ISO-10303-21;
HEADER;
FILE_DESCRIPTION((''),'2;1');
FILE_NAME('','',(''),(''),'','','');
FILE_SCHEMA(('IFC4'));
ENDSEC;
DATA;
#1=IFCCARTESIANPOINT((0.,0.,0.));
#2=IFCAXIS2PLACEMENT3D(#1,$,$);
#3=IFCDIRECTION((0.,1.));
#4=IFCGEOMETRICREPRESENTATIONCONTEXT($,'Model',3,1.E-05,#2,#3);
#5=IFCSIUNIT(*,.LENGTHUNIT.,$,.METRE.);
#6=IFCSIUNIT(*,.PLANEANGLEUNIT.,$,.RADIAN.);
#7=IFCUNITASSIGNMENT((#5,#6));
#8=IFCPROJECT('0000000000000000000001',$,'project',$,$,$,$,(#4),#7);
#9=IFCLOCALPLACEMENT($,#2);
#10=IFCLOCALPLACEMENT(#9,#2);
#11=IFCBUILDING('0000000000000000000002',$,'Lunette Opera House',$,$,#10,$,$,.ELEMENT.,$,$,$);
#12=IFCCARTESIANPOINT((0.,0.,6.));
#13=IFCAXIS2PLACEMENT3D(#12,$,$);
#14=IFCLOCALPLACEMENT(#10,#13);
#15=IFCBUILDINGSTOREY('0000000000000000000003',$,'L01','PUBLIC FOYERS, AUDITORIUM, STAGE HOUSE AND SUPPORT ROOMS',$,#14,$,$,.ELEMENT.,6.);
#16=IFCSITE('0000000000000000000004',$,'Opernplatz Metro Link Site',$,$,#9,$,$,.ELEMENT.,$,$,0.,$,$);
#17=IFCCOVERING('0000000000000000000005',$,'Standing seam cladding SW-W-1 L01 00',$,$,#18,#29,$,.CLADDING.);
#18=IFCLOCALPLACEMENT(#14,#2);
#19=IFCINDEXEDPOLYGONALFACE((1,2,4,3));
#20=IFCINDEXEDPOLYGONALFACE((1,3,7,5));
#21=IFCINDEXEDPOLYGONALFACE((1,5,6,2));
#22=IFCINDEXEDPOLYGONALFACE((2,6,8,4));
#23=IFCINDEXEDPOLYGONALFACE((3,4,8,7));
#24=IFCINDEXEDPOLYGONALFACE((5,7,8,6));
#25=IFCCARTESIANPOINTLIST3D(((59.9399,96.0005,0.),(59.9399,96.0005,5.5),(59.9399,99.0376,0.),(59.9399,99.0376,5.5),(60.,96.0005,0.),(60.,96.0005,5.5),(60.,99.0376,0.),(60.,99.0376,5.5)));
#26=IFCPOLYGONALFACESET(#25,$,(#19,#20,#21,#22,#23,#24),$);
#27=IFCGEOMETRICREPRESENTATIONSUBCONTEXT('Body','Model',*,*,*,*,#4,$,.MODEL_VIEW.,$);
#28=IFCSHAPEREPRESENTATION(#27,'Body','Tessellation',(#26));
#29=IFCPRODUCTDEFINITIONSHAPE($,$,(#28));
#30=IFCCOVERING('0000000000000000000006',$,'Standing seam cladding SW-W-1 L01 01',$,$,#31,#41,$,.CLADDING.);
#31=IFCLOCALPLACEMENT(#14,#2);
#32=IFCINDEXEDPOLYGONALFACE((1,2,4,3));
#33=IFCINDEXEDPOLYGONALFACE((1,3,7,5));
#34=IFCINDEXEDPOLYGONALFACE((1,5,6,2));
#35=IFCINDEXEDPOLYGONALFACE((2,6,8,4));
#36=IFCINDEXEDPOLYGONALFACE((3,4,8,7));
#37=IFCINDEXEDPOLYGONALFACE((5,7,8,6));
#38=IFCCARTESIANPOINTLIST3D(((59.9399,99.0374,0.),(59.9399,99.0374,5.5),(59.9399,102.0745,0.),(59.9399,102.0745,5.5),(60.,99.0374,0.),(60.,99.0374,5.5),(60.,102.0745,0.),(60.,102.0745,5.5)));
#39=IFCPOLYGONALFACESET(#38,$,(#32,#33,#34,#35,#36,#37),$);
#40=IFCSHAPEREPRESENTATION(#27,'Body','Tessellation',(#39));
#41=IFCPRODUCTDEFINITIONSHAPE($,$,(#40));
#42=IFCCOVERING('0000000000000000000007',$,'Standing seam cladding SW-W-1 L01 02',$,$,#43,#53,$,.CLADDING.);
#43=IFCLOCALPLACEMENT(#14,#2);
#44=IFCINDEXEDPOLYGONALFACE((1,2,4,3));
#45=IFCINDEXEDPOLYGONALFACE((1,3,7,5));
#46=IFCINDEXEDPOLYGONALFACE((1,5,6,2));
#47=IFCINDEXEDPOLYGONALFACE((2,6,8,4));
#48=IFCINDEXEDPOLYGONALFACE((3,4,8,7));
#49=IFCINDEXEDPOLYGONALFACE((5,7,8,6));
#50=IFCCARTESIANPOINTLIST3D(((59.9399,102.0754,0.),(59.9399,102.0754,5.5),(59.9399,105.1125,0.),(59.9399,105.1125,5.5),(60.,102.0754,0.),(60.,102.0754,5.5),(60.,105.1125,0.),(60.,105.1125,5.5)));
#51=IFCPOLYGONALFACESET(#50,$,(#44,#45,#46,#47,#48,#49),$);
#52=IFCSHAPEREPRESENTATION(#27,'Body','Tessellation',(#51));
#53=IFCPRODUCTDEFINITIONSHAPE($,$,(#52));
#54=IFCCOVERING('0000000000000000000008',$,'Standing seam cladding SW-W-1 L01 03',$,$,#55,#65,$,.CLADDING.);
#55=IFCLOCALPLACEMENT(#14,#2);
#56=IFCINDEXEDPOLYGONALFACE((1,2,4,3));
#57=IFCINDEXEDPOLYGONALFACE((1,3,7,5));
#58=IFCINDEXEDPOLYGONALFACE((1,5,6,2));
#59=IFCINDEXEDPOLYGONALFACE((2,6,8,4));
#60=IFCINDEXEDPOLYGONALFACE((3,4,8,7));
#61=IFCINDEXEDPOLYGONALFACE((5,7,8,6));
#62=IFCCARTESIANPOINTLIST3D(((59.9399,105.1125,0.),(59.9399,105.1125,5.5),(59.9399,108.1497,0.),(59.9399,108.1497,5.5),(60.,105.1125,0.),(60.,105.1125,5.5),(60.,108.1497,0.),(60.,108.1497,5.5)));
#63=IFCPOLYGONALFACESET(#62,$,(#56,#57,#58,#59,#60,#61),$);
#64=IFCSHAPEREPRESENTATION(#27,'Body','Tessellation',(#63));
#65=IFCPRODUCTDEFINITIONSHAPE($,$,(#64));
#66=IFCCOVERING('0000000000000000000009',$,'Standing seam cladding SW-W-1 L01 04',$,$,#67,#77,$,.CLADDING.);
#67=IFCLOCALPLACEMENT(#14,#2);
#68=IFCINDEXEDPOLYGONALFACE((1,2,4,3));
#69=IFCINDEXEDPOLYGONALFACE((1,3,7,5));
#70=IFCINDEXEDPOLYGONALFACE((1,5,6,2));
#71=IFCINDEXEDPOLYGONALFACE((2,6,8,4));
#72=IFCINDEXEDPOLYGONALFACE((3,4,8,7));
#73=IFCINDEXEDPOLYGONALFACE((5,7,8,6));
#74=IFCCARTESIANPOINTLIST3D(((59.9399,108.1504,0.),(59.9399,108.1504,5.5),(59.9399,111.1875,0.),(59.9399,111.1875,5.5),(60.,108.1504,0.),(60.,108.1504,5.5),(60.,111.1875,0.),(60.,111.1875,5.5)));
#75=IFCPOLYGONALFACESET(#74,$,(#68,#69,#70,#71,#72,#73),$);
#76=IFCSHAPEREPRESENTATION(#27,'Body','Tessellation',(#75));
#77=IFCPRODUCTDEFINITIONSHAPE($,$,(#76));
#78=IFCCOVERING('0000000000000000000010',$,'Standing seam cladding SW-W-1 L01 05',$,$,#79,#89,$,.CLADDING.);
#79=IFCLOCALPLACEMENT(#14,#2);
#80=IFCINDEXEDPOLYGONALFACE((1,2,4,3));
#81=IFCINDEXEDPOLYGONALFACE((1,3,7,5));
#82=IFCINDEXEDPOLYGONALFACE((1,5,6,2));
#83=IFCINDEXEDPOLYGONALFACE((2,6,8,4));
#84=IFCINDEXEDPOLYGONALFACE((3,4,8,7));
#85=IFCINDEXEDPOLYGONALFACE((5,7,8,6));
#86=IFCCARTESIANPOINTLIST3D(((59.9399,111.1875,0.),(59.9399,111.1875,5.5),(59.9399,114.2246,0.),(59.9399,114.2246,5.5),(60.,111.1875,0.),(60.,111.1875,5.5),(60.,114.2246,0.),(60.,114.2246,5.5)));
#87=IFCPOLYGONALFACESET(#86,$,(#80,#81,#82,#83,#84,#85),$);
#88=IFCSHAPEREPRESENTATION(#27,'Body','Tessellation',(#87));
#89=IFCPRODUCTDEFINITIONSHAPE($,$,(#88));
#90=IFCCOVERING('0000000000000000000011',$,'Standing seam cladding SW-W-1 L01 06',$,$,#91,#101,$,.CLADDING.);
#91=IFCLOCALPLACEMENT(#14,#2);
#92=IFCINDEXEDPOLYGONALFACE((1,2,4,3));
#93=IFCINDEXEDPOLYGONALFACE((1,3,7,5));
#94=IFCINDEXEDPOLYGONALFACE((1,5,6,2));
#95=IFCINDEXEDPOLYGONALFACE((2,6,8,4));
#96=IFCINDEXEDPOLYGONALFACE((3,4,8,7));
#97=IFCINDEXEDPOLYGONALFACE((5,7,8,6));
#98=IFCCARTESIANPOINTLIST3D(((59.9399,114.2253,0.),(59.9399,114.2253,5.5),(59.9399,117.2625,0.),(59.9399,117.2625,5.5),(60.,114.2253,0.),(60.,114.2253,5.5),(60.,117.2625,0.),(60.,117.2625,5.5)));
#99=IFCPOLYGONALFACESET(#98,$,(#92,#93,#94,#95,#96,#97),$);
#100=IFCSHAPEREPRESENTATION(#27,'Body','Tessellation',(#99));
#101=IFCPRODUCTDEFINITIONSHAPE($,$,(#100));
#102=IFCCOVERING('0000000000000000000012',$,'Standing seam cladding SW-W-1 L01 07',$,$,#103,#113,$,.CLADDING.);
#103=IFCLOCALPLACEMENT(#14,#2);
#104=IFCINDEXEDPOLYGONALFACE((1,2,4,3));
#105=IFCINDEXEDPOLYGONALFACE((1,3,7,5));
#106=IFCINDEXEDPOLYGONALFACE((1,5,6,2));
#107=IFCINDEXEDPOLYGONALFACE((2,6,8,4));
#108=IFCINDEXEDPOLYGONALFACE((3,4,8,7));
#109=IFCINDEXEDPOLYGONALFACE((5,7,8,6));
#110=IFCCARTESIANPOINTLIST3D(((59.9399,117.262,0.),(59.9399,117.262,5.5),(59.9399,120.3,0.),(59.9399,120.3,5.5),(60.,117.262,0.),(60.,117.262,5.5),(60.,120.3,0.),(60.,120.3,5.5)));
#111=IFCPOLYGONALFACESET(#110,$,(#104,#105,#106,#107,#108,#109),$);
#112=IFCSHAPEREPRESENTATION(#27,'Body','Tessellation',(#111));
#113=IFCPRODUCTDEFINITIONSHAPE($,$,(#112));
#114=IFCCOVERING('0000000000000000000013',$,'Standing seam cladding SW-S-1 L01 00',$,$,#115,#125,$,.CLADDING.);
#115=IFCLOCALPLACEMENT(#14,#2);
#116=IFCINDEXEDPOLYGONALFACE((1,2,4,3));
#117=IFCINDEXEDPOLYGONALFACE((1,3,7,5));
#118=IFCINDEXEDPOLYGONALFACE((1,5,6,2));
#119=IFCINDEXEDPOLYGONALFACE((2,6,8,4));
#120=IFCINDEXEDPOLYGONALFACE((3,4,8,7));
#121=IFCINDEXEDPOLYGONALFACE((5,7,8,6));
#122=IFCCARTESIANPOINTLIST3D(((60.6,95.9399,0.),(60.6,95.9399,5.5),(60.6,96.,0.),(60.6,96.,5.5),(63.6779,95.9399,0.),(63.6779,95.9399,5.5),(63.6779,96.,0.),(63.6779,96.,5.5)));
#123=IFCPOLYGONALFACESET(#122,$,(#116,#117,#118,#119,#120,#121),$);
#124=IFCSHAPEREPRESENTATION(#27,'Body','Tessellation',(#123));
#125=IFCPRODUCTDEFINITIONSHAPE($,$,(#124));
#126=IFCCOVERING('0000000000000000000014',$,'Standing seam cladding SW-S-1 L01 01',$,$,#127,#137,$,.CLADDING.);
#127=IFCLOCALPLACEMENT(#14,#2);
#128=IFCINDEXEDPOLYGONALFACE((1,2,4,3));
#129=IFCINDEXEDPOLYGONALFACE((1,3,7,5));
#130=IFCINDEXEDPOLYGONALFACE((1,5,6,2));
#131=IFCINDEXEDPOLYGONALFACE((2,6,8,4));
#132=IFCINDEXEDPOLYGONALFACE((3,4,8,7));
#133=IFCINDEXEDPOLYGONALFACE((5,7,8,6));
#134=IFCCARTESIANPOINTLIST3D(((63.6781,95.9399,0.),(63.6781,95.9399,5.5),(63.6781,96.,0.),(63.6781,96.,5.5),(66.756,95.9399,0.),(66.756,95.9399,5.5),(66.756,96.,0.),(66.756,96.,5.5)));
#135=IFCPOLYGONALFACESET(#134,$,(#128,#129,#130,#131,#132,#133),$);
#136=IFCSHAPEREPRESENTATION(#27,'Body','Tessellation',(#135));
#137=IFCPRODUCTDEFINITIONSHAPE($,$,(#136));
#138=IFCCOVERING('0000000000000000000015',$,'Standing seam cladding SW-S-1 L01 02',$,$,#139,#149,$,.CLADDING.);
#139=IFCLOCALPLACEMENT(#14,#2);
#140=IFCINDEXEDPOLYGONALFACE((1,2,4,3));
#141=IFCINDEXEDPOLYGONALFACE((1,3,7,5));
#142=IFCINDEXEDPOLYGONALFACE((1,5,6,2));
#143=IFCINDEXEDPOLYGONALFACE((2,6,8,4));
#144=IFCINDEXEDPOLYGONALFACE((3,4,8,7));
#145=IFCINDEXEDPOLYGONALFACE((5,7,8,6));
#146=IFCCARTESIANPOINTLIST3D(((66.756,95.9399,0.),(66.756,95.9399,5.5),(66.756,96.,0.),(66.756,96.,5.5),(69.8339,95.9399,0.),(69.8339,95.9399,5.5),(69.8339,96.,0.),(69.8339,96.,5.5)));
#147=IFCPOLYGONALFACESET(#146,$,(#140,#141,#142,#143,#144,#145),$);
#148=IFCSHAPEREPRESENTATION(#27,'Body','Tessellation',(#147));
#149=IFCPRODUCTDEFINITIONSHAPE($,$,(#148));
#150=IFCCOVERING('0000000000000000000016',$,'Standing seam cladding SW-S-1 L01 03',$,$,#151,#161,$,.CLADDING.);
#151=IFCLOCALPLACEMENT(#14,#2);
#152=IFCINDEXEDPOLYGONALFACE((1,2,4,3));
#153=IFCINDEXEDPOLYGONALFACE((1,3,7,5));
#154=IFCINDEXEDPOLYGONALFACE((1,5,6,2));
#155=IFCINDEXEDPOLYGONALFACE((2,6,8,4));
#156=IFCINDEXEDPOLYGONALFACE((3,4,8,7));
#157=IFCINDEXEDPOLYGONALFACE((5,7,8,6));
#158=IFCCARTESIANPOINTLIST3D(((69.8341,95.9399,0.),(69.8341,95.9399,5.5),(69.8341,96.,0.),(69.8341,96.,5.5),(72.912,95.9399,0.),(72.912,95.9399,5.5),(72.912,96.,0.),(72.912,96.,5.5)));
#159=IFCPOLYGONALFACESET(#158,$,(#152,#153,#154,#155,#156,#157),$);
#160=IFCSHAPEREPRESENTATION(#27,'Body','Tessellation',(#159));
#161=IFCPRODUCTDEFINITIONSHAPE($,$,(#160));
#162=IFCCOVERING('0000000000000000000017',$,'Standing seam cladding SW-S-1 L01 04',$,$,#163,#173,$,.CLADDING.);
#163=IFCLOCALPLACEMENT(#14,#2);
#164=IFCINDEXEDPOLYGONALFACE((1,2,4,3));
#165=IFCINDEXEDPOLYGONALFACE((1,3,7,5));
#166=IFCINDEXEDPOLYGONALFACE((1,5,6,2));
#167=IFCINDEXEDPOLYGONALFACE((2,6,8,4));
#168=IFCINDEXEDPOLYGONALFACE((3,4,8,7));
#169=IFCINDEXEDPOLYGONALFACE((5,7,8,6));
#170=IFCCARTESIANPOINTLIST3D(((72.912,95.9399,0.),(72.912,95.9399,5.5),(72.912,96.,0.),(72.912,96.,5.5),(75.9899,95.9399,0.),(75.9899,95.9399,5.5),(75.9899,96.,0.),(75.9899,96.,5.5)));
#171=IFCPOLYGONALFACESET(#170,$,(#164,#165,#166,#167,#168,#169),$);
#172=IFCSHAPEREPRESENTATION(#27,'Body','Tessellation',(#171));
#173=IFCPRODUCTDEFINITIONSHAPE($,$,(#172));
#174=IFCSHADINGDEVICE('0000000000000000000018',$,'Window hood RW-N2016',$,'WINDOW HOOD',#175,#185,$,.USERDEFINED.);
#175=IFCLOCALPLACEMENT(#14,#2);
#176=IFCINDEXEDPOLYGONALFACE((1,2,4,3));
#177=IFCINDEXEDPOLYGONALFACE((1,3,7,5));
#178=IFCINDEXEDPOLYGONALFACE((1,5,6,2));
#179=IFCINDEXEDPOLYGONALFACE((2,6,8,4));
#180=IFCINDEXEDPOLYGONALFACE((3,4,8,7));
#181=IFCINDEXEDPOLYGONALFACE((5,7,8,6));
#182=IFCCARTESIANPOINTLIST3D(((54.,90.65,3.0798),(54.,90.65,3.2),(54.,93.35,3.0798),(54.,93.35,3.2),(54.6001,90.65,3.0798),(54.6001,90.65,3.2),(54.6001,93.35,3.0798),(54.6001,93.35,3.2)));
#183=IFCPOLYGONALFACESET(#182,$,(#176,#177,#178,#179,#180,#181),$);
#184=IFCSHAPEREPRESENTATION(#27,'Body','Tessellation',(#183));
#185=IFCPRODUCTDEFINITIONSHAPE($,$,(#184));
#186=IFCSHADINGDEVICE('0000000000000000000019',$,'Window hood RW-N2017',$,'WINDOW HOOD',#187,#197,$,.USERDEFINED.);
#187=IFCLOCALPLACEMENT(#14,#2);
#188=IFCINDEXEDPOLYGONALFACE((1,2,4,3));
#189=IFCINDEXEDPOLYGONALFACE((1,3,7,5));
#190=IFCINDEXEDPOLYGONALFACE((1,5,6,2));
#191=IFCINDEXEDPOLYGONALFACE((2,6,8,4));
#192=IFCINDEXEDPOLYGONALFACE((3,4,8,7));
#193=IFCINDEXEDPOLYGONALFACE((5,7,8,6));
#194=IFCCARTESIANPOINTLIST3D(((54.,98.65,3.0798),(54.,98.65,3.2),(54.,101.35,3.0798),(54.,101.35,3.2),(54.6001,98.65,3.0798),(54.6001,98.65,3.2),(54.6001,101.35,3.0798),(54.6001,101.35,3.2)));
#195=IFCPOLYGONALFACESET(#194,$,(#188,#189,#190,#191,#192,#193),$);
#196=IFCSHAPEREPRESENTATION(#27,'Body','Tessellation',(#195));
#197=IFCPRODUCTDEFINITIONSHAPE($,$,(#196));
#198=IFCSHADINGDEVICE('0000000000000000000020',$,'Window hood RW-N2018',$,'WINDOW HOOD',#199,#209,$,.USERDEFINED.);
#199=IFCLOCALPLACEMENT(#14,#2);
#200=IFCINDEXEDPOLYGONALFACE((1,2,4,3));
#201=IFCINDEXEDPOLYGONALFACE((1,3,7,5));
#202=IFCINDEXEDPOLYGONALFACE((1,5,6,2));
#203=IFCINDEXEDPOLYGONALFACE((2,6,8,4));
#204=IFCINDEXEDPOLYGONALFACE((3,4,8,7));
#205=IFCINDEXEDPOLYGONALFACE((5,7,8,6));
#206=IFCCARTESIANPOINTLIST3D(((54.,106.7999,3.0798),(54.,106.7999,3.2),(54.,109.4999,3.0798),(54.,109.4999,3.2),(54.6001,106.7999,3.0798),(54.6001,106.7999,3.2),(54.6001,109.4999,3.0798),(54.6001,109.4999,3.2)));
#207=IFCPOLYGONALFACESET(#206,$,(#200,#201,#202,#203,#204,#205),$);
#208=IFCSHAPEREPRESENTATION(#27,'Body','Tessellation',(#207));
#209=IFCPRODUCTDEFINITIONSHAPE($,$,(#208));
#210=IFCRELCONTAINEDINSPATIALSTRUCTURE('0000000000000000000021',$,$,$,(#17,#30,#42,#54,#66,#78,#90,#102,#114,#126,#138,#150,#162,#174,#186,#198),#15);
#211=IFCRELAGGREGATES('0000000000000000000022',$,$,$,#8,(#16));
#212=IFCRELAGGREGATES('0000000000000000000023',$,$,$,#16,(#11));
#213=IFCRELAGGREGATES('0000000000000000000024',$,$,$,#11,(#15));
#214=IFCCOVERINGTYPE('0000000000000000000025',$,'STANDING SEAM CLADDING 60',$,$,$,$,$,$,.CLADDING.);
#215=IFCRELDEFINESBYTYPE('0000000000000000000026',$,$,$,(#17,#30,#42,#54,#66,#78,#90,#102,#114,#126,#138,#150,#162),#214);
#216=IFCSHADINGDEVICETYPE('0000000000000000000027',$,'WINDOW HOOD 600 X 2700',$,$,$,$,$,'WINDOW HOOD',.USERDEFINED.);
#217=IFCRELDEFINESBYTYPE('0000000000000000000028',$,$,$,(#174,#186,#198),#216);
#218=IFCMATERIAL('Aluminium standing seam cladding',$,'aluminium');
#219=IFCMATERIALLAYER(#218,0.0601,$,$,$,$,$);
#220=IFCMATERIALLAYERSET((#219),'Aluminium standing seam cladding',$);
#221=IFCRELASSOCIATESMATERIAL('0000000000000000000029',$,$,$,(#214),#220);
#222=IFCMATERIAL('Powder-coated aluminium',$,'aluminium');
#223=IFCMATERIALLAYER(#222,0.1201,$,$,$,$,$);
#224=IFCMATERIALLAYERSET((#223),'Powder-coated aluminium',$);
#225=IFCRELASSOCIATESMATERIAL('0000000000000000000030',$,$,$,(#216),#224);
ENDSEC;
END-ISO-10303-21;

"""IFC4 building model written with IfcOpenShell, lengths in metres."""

from ifc_helpers import new_model, si_unit, direction, frame, origin, origin_2d, place, context, subcontext, project, spatial, rectangle, extrude, material, layer, layer_set, type_object, element, save


model = new_model("IFC4")

# Units and contexts
model_context = context("Model", 3, precision=1e-05, world=origin(), true_north=direction((0.0, 1.0)))
body_context = subcontext(model_context, "Body", "Model", "MODEL_VIEW")
ifc_project = project(units=[si_unit("LENGTHUNIT", "METRE"), si_unit("PLANEANGLEUNIT", "RADIAN")], contexts=[model_context])

# Site, building, storey
site_placement = place(None, origin())
site = spatial("IfcSite", under=ifc_project, at=site_placement, Name="Opernplatz Metro Link Site", CompositionType="ELEMENT", RefElevation=0.0)
building_placement = place(site_placement, origin())
building = spatial("IfcBuilding", under=site, at=building_placement, Name="Lunette Opera House", CompositionType="ELEMENT")
storey_placement = place(building_placement, frame((0.0, 0.0, 6.0)))
storey = spatial("IfcBuildingStorey", under=building, at=storey_placement, Name="L01", Description="PUBLIC FOYERS, AUDITORIUM, STAGE HOUSE AND SUPPORT ROOMS", CompositionType="ELEMENT", Elevation=6.0)

# Coverings
ifc_material_1 = material(Name="Aluminium standing seam cladding", Category="aluminium")
ifc_layer_1 = layer(ifc_material_1, 0.0601)
ifc_layer_set_1 = layer_set([ifc_layer_1], Name="Aluminium standing seam cladding")
covering_type = type_object("IfcCoveringType", Name="STANDING SEAM CLADDING 60", PredefinedType="CLADDING", material=ifc_layer_set_1)
for number, where, z_axis, x_axis, name in (
    (1, (59.97, 97.519, 0.0), (0.0, 0.0, 1.0), (0.0, 1.0, 0.0), "Standing seam cladding SW-W-1 L01 00"),
    (2, (59.97, 100.5559, 0.0), (0.0, 0.0, 1.0), (0.0, 1.0, 0.0), "Standing seam cladding SW-W-1 L01 01"),
    (3, (59.97, 103.594, 0.0), (0.0, 0.0, 1.0), (0.0, 1.0, 0.0), "Standing seam cladding SW-W-1 L01 02"),
    (4, (59.97, 106.6311, 0.0), (0.0, 0.0, 1.0), (0.0, 1.0, 0.0), "Standing seam cladding SW-W-1 L01 03"),
    (5, (59.97, 109.6689, 0.0), (0.0, 0.0, 1.0), (0.0, 1.0, 0.0), "Standing seam cladding SW-W-1 L01 04"),
    (6, (59.97, 112.7061, 0.0), (0.0, 0.0, 1.0), (0.0, 1.0, 0.0), "Standing seam cladding SW-W-1 L01 05"),
    (7, (59.97, 115.7439, 0.0), (0.0, 0.0, 1.0), (0.0, 1.0, 0.0), "Standing seam cladding SW-W-1 L01 06"),
):
    element("IfcCovering", number, at=place(storey_placement, frame(where, z_axis=z_axis, x_axis=x_axis)), inside=storey, type_object=covering_type, Name=name, PredefinedType="CLADDING", context=body_context, shape_type="SweptSolid", body=[
        extrude(rectangle(XDim=3.0371, YDim=0.0601, at=origin_2d()), origin(), (0.0, 0.0, 1.0), 5.5),
    ])
covering_placement = place(storey_placement, frame((59.97, 118.781, 0.0), z_axis=(0.0, 0.0, 1.0), x_axis=(0.0, 1.0, 0.0)))
element("IfcCovering", 8, at=covering_placement, inside=storey, type_object=covering_type, Name="Standing seam cladding SW-W-1 L01 07", PredefinedType="CLADDING", context=body_context, shape_type="SweptSolid", body=[
    extrude(rectangle(XDim=3.0381, YDim=0.0601, at=origin_2d()), origin(), (0.0, 0.0, 1.0), 5.5),
])
for number, where, z_axis, x_axis, name in (
    (9, (62.1389, 95.97, 0.0), (0.0, 0.0, 1.0), (1.0, 0.0, 0.0), "Standing seam cladding SW-S-1 L01 00"),
    (10, (65.217, 95.97, 0.0), (0.0, 0.0, 1.0), (1.0, 0.0, 0.0), "Standing seam cladding SW-S-1 L01 01"),
    (11, (68.2949, 95.97, 0.0), (0.0, 0.0, 1.0), (1.0, 0.0, 0.0), "Standing seam cladding SW-S-1 L01 02"),
    (12, (71.373, 95.97, 0.0), (0.0, 0.0, 1.0), (1.0, 0.0, 0.0), "Standing seam cladding SW-S-1 L01 03"),
    (13, (74.4509, 95.97, 0.0), (0.0, 0.0, 1.0), (1.0, 0.0, 0.0), "Standing seam cladding SW-S-1 L01 04"),
):
    element("IfcCovering", number, at=place(storey_placement, frame(where, z_axis=z_axis, x_axis=x_axis)), inside=storey, type_object=covering_type, Name=name, PredefinedType="CLADDING", context=body_context, shape_type="SweptSolid", body=[
        extrude(rectangle(XDim=3.0779, YDim=0.0601, at=origin_2d()), origin(), (0.0, 0.0, 1.0), 5.5),
    ])

# Shading devices
ifc_material_2 = material(Name="Powder-coated aluminium", Category="aluminium")
ifc_layer_2 = layer(ifc_material_2, 0.1201)
ifc_layer_set_2 = layer_set([ifc_layer_2], Name="Powder-coated aluminium")
shading_device_type = type_object("IfcShadingDeviceType", Name="WINDOW HOOD 600 X 2700", ElementType="WINDOW HOOD", PredefinedType="USERDEFINED", material=ifc_layer_set_2)
for number, where, z_axis, x_axis, name in (
    (14, (54.3, 92.0, 3.0798), (0.0, 0.0, 1.0), (1.0, 0.0, 0.0), "Window hood RW-N2016"),
    (15, (54.3, 100.0, 3.0798), (0.0, 0.0, 1.0), (1.0, 0.0, 0.0), "Window hood RW-N2017"),
    (16, (54.3, 108.1499, 3.0798), (0.0, 0.0, 1.0), (1.0, 0.0, 0.0), "Window hood RW-N2018"),
):
    element("IfcShadingDevice", number, at=place(storey_placement, frame(where, z_axis=z_axis, x_axis=x_axis)), inside=storey, type_object=shading_device_type, Name=name, ObjectType="WINDOW HOOD", PredefinedType="USERDEFINED", context=body_context, shape_type="SweptSolid", body=[
        extrude(rectangle(XDim=0.6001, YDim=2.7, at=origin_2d()), origin(), (0.0, 0.0, 1.0), 0.1201),
    ])

save(model, "model.ifc")
